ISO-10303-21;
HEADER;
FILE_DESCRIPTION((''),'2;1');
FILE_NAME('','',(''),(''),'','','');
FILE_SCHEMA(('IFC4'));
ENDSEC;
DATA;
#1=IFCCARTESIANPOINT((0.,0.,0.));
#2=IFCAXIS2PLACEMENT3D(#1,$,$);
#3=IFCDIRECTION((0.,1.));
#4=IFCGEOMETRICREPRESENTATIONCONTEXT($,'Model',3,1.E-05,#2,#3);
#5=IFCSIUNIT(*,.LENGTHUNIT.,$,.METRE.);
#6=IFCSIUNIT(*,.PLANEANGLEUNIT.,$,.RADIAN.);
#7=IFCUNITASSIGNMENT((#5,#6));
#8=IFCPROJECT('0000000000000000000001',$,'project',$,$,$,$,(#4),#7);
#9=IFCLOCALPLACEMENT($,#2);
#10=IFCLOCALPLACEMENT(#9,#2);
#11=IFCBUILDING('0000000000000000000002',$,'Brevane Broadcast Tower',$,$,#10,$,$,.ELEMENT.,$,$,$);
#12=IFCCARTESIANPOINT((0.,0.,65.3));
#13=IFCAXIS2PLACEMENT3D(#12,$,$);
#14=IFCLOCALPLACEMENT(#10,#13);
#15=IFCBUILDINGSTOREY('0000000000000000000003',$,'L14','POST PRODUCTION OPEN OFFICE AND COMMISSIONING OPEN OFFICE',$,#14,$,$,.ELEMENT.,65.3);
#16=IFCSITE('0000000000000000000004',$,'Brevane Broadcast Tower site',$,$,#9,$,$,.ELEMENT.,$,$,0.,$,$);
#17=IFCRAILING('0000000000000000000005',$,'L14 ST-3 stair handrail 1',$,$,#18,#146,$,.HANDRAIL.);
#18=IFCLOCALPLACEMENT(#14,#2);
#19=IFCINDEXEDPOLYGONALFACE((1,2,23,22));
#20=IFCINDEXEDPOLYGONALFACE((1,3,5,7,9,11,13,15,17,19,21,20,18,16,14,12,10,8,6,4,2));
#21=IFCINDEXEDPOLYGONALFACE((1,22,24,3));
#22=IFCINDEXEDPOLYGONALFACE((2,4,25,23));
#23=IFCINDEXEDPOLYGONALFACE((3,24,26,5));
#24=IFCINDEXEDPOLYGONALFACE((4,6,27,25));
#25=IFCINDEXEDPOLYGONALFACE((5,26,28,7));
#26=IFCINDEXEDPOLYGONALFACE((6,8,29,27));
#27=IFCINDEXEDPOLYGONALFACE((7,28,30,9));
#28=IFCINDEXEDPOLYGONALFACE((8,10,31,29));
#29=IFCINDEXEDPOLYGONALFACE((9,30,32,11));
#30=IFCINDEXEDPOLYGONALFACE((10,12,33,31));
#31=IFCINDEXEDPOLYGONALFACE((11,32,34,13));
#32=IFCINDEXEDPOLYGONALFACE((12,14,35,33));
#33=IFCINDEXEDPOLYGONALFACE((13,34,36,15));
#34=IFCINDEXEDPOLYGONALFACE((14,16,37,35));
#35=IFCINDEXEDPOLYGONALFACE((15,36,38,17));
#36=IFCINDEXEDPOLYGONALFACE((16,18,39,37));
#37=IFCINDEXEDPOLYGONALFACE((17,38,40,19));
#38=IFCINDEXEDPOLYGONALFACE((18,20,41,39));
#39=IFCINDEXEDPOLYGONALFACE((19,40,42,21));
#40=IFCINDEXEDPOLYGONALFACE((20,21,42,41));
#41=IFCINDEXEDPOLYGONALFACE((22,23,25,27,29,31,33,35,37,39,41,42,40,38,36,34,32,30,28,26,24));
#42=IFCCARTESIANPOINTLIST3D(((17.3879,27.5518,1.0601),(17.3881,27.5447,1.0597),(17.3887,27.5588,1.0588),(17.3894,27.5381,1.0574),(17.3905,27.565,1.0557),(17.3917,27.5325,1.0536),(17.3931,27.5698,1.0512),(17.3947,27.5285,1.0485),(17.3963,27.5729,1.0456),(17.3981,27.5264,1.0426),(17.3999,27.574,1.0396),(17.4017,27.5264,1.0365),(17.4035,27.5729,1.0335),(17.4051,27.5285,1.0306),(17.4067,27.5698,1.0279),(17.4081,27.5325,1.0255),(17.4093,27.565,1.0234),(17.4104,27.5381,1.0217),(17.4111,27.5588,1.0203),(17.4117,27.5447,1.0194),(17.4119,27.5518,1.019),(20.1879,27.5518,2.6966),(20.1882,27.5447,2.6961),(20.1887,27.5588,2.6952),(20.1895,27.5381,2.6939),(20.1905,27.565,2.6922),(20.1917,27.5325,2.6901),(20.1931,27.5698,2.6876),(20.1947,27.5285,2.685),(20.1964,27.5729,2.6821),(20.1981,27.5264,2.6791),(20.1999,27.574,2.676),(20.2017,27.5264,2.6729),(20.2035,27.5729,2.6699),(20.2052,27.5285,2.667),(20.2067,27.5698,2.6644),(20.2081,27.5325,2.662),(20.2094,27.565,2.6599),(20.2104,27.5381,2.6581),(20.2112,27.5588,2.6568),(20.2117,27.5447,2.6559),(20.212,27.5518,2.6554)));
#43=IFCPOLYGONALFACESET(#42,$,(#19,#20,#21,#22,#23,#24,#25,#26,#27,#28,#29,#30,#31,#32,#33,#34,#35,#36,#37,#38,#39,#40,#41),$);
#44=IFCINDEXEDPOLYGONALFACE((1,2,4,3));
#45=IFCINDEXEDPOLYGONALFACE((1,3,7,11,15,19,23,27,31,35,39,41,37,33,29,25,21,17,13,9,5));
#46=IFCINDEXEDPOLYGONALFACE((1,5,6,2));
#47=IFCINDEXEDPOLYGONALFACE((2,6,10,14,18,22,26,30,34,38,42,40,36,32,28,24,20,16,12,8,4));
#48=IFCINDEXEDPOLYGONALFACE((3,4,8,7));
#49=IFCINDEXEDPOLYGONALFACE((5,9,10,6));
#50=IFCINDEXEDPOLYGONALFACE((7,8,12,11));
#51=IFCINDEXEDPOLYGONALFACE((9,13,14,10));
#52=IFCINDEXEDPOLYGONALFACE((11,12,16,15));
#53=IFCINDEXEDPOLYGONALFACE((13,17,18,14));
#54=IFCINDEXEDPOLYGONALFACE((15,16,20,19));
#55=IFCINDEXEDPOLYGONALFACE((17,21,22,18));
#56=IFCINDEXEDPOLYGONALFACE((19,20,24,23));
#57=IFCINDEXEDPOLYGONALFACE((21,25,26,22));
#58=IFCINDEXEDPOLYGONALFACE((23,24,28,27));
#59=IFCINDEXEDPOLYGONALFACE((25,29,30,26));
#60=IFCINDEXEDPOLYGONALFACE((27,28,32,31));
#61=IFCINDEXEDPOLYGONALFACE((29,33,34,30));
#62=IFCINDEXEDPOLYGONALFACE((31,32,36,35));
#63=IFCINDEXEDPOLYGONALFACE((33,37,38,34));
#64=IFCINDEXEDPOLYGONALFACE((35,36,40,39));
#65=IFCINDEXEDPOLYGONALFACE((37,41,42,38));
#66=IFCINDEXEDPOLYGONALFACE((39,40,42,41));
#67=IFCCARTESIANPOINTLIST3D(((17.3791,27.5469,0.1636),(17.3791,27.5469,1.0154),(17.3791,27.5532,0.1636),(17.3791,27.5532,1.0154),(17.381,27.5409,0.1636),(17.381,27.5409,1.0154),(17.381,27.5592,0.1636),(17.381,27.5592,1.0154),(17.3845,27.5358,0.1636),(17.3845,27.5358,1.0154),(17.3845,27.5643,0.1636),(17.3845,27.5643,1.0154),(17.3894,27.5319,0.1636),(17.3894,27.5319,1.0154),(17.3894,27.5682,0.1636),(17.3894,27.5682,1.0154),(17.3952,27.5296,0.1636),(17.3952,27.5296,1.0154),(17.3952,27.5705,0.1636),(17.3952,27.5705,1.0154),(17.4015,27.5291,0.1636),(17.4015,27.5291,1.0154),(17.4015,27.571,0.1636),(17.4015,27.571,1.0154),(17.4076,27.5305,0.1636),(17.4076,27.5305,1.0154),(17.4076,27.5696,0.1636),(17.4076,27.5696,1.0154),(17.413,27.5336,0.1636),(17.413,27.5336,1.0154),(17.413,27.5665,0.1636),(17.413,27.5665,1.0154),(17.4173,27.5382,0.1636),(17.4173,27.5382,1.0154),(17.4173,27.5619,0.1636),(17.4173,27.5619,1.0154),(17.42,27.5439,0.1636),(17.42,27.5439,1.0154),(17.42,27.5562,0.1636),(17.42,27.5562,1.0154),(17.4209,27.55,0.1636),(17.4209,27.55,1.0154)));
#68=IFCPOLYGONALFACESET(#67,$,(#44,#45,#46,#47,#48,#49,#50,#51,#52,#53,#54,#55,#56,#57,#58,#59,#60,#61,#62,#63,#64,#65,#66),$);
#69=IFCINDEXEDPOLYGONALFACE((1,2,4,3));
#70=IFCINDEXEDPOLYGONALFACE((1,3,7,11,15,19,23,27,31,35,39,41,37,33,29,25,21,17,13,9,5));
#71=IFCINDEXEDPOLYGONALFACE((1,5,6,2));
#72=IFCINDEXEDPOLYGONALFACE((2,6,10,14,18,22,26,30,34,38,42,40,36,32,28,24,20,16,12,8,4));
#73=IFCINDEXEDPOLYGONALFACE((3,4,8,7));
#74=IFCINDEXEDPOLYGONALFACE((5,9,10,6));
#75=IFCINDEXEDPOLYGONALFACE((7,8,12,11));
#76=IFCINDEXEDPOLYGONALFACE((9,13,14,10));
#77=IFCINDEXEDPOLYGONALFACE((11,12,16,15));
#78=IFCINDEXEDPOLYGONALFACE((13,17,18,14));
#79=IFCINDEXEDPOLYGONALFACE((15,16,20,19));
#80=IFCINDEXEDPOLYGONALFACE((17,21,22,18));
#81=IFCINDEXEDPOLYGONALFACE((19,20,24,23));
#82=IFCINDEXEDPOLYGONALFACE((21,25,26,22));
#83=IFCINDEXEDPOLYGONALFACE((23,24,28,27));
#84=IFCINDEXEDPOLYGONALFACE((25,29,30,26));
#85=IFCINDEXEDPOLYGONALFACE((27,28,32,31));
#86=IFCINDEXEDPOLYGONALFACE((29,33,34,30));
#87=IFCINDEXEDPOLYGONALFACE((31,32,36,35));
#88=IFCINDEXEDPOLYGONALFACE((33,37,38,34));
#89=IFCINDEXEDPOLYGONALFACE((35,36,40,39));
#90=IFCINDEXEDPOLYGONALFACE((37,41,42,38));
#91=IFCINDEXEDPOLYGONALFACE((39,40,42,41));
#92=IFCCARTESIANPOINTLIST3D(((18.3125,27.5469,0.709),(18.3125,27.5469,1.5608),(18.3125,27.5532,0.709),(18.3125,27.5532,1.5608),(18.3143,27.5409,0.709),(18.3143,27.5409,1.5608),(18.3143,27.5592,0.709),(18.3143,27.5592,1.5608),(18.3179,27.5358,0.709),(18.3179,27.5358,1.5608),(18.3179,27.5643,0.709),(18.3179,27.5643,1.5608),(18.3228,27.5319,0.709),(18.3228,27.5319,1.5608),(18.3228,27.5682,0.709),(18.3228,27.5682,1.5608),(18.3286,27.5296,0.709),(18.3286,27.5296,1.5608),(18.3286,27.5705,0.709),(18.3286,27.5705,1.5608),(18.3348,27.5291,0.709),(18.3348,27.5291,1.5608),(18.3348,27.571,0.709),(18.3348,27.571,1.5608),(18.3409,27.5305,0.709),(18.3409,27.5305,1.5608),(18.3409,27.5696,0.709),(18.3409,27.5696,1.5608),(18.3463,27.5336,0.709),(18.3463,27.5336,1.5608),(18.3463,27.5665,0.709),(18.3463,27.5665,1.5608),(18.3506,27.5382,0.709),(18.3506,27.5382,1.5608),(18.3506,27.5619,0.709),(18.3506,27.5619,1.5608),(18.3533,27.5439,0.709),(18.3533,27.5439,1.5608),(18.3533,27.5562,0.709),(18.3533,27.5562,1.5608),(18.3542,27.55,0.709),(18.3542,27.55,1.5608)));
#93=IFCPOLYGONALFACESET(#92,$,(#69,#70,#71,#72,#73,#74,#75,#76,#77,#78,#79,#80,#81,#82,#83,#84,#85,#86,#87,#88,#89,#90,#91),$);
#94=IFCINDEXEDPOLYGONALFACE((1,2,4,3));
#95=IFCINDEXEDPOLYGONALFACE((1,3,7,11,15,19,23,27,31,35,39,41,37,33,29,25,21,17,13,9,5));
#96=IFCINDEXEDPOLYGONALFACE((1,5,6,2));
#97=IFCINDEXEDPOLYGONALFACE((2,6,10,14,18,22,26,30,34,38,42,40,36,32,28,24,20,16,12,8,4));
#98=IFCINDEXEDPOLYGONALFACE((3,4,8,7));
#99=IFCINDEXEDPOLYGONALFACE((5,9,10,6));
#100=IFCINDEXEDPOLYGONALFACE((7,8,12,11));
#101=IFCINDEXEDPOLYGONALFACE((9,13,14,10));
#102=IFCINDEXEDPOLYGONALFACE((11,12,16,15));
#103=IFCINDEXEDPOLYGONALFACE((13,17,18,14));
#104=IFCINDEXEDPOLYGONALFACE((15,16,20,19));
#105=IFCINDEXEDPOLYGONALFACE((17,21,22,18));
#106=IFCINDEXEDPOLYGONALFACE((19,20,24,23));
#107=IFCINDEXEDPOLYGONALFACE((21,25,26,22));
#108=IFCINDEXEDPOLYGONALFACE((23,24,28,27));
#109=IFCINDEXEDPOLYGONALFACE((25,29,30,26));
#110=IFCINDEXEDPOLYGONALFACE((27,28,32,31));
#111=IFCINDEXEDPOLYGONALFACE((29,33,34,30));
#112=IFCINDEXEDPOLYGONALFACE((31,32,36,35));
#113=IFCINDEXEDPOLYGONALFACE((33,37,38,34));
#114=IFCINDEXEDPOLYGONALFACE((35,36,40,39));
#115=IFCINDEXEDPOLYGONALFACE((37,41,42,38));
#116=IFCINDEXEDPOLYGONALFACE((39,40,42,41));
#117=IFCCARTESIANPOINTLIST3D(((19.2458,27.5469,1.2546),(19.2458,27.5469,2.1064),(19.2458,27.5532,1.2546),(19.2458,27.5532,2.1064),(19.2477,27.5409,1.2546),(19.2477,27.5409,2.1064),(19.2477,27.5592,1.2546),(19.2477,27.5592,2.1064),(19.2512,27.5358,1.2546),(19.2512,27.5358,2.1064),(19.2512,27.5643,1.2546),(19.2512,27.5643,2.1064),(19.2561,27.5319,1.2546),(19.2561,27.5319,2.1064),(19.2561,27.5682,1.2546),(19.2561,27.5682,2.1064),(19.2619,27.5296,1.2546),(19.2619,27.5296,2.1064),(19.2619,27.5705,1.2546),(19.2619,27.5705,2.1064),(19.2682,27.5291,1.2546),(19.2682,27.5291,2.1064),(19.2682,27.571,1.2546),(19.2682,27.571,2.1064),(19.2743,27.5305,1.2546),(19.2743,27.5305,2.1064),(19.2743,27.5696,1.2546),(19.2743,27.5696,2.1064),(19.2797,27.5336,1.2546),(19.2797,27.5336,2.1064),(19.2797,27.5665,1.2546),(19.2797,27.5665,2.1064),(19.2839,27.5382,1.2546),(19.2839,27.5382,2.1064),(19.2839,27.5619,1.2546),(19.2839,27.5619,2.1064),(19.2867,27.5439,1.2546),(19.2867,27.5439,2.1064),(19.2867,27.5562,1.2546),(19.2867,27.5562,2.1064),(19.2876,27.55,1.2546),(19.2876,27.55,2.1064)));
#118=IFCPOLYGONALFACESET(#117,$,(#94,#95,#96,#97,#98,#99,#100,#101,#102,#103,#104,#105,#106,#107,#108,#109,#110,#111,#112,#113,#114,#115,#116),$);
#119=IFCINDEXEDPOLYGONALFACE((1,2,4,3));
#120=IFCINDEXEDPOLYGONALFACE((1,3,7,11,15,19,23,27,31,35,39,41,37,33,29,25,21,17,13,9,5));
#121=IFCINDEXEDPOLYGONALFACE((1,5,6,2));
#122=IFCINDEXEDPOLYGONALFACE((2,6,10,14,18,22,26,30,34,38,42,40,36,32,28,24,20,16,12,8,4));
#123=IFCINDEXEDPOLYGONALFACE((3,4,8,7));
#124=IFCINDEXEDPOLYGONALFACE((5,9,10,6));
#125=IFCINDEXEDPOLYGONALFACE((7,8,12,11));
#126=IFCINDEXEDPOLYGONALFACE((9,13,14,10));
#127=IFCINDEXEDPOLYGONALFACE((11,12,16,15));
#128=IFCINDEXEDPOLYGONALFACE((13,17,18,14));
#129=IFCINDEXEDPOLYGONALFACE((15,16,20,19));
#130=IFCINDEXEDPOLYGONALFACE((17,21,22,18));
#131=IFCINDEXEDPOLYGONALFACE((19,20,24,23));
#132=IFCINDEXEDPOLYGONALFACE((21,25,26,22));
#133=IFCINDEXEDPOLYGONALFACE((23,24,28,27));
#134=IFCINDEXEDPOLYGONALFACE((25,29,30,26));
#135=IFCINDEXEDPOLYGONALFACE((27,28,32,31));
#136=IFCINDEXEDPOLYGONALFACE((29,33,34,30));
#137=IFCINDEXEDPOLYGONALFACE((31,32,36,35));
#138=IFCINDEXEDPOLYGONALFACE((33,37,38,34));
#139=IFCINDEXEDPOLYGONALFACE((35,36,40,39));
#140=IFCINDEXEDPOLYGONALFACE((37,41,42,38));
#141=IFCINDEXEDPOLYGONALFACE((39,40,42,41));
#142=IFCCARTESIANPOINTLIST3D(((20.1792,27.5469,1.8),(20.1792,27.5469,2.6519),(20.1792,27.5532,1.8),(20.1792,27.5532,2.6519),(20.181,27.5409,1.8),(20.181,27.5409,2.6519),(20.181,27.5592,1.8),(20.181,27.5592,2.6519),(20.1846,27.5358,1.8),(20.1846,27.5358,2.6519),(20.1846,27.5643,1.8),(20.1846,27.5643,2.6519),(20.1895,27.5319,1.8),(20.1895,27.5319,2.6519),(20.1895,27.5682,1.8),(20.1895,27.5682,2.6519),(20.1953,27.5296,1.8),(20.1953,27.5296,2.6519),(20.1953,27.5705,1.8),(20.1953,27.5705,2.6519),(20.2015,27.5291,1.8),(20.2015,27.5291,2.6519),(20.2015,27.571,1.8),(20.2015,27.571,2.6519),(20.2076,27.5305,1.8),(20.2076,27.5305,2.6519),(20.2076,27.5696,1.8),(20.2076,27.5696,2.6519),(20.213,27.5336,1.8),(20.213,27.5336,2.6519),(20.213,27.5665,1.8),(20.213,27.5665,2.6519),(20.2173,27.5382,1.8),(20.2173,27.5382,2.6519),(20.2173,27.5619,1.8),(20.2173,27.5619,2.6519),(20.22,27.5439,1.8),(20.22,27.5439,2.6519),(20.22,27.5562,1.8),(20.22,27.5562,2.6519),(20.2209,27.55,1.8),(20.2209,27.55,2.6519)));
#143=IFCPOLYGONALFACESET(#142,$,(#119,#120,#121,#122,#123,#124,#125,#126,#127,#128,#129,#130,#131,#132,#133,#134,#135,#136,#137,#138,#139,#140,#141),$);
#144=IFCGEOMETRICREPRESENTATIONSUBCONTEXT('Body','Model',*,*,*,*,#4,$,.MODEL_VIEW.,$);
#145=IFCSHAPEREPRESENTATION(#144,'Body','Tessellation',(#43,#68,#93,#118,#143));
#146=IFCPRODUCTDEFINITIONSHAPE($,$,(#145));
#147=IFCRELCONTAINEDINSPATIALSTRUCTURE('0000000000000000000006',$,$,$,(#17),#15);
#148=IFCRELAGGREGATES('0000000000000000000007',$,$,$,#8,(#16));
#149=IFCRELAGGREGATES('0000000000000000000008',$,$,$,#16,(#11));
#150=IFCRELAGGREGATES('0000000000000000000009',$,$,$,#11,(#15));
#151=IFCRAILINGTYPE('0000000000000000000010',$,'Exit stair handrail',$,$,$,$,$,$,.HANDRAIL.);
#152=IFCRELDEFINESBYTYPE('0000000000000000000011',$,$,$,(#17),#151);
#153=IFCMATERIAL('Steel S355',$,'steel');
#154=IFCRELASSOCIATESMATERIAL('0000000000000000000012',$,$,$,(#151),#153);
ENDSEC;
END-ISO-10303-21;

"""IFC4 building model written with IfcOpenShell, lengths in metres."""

from ifc_helpers import new_model, si_unit, direction, frame, origin, origin_2d, place, context, subcontext, project, spatial, circle, extrude, material, type_object, element, save


model = new_model("IFC4")

# Units and contexts
model_context = context("Model", 3, precision=1e-05, world=origin(), true_north=direction((0.0, 1.0)))
body_context = subcontext(model_context, "Body", "Model", "MODEL_VIEW")
ifc_project = project(units=[si_unit("LENGTHUNIT", "METRE"), si_unit("PLANEANGLEUNIT", "RADIAN")], contexts=[model_context])

# Site, building, storey
site_placement = place(None, origin())
site = spatial("IfcSite", under=ifc_project, at=site_placement, Name="Brevane Broadcast Tower site", CompositionType="ELEMENT", RefElevation=0.0)
building_placement = place(site_placement, origin())
building = spatial("IfcBuilding", under=site, at=building_placement, Name="Brevane Broadcast Tower", CompositionType="ELEMENT")
storey_placement = place(building_placement, frame((0.0, 0.0, 65.3)))
storey = spatial("IfcBuildingStorey", under=building, at=storey_placement, Name="L14", Description="POST PRODUCTION OPEN OFFICE AND COMMISSIONING OPEN OFFICE", CompositionType="ELEMENT", Elevation=65.3)

# Railing
ifc_material_1 = material(Name="Steel S355", Category="steel")
railing_type_1 = type_object("IfcRailingType", Name="Exit stair handrail", PredefinedType="HANDRAIL", material=ifc_material_1)
railing_1_placement = place(storey_placement, frame((17.3999, 27.55, 0.1636)))
element("IfcRailing", 1, at=railing_1_placement, inside=storey, type_object=railing_type_1, Name="L14 ST-3 stair handrail 1", PredefinedType="HANDRAIL", context=body_context, shape_type="SweptSolid", body=[
    extrude(circle(Radius=0.0239, at=origin_2d()), frame((0.0, 0.0, 0.876), z_axis=(0.863361, 0.0, 0.504587), x_axis=(0.0, 1.0, 0.0)), (0.0, 0.0, 1.0), 3.2432),
    extrude(circle(Radius=0.021, at=origin_2d()), origin(), (0.0, 0.0, 1.0), 0.8518),
    extrude(circle(Radius=0.021, at=origin_2d()), frame((0.9333, 0.0, 0.5454)), (0.0, 0.0, 1.0), 0.8518),
    extrude(circle(Radius=0.021, at=origin_2d()), frame((1.8667, 0.0, 1.0911)), (0.0, 0.0, 1.0), 0.8518),
    extrude(circle(Radius=0.021, at=origin_2d()), frame((2.8, 0.0, 1.6365)), (0.0, 0.0, 1.0), 0.8518),
])

save(model, "model.ifc")
